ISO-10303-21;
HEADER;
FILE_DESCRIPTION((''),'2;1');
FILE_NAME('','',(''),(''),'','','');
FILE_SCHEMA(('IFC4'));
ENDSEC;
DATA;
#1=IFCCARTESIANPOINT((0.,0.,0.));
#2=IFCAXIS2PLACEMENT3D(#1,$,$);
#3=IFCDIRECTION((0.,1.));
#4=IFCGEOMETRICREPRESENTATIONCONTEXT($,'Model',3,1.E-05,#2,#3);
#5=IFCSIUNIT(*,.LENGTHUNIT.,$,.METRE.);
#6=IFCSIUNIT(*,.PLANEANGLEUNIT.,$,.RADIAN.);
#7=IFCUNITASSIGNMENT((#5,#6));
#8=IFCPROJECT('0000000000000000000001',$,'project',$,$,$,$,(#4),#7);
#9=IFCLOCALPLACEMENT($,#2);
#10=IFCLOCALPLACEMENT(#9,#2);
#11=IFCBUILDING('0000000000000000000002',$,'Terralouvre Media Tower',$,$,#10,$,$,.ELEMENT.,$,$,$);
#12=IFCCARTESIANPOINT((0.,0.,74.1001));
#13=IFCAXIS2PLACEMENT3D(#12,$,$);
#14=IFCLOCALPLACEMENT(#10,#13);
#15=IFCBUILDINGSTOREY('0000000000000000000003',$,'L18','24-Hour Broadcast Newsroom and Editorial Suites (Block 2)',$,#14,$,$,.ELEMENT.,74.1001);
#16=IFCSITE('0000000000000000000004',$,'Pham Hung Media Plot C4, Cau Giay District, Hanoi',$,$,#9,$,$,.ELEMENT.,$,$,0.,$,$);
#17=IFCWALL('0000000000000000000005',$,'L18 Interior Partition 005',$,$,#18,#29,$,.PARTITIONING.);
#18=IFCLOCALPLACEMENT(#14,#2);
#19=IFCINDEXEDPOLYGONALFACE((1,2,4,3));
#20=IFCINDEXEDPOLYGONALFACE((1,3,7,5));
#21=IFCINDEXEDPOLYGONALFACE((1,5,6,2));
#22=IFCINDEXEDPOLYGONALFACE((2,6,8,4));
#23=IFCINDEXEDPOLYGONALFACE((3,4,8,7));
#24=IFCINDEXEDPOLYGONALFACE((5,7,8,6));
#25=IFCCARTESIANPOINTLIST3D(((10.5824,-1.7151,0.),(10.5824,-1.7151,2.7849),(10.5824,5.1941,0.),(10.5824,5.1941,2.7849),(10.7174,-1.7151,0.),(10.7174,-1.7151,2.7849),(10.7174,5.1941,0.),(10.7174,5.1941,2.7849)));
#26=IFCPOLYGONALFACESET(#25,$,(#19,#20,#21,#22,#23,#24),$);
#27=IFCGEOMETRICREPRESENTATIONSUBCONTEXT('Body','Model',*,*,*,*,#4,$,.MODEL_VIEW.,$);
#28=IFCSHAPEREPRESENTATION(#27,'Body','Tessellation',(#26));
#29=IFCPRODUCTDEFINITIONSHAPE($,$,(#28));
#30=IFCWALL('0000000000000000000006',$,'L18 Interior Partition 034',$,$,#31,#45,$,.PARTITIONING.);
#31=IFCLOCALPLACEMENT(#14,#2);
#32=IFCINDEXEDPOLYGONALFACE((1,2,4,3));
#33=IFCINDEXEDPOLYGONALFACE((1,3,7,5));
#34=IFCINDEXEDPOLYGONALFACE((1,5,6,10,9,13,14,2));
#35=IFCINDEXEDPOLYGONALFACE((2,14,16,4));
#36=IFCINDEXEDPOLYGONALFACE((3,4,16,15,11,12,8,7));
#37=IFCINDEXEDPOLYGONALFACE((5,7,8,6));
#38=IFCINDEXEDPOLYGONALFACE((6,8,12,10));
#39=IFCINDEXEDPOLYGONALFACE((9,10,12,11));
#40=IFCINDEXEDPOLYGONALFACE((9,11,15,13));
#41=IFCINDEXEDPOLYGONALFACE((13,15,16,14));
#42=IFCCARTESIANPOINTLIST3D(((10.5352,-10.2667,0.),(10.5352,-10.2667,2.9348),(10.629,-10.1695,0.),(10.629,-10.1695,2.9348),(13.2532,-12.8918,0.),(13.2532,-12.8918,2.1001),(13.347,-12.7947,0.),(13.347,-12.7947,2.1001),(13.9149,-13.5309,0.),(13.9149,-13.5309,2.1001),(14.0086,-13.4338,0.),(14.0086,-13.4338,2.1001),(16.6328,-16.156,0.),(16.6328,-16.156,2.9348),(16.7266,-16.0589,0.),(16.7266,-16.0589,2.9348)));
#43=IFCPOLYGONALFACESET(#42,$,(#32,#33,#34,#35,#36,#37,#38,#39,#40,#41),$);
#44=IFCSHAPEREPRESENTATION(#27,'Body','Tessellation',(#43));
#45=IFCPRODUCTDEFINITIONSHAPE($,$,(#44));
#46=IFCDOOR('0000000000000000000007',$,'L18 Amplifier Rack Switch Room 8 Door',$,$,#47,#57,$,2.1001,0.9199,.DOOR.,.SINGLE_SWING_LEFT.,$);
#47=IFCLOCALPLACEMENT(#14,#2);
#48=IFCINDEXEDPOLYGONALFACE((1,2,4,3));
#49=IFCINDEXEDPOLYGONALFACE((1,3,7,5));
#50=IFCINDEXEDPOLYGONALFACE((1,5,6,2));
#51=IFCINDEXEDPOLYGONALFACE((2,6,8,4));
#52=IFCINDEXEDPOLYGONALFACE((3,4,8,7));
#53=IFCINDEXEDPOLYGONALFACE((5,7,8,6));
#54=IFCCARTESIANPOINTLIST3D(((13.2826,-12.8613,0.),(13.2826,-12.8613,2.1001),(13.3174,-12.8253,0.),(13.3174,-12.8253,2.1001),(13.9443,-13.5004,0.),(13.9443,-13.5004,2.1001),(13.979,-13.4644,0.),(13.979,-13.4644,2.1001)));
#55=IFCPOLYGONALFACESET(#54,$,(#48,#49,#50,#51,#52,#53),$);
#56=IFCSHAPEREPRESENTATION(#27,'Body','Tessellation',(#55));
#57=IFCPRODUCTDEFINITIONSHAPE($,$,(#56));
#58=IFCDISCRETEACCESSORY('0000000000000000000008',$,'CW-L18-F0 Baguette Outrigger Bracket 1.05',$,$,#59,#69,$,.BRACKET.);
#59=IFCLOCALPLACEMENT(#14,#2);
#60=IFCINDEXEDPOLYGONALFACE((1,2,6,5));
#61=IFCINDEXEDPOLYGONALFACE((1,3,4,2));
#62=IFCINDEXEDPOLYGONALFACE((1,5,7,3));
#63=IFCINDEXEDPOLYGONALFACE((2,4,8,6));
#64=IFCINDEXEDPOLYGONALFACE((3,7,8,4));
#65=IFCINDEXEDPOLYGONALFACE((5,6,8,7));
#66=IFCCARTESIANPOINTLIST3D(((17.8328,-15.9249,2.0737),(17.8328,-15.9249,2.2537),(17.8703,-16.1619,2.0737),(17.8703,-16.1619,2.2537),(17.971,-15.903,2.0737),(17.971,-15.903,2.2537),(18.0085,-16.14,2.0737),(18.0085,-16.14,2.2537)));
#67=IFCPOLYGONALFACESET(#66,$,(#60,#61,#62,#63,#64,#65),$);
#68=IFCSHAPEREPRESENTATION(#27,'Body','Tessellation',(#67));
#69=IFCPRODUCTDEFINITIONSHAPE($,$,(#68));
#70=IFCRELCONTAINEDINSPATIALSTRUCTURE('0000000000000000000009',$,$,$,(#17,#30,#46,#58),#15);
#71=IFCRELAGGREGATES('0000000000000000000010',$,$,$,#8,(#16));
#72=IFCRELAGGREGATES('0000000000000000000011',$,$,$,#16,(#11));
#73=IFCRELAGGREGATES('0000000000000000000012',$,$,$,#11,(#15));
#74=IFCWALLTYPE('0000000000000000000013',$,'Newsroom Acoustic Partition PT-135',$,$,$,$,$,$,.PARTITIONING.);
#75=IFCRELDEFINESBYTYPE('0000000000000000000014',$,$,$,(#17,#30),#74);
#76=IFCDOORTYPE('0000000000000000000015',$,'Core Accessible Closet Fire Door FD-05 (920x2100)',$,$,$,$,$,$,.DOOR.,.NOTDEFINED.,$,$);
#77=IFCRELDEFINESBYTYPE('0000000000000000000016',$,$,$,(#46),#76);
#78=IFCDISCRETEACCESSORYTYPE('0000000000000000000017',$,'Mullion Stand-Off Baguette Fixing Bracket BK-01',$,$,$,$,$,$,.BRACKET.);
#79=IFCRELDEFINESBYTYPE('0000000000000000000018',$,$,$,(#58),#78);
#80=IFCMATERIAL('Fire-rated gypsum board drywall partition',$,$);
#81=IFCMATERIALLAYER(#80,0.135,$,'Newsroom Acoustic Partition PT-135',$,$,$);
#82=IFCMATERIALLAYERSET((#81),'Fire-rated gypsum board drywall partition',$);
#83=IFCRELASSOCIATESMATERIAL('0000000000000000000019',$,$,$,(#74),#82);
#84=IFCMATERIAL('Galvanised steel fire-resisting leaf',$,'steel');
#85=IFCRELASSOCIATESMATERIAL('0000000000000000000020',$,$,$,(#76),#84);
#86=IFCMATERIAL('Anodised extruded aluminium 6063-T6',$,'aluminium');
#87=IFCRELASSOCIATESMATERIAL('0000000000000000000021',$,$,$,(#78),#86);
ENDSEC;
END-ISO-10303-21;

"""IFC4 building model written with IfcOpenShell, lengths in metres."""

from ifc_helpers import new_model, si_unit, direction, frame, frame_2d, origin, origin_2d, place, context, subcontext, project, spatial, rectangle, extrude, material, layer, layer_set, type_object, element, fill, save


model = new_model("IFC4")

# Units and contexts
model_context = context("Model", 3, precision=1e-05, world=origin(), true_north=direction((0.0, 1.0)))
body_context = subcontext(model_context, "Body", "Model", "MODEL_VIEW")
ifc_project = project(units=[si_unit("LENGTHUNIT", "METRE"), si_unit("PLANEANGLEUNIT", "RADIAN")], contexts=[model_context])

# Site, building, storey
site_placement = place(None, origin())
site = spatial("IfcSite", under=ifc_project, at=site_placement, Name="Pham Hung Media Plot C4, Cau Giay District, Hanoi", CompositionType="ELEMENT", RefElevation=0.0)
building_placement = place(site_placement, origin())
building = spatial("IfcBuilding", under=site, at=building_placement, Name="Terralouvre Media Tower", CompositionType="ELEMENT")
storey_placement = place(building_placement, frame((0.0, 0.0, 74.1001)))
storey = spatial("IfcBuildingStorey", under=building, at=storey_placement, Name="L18", Description="24-Hour Broadcast Newsroom and Editorial Suites (Block 2)", CompositionType="ELEMENT", Elevation=74.1001)

# Shared definitions
ifc_material_1 = material(Name="Fire-rated gypsum board drywall partition")
ifc_layer_1 = layer(ifc_material_1, 0.135, Name="Newsroom Acoustic Partition PT-135")
ifc_layer_set_1 = layer_set([ifc_layer_1], Name="Fire-rated gypsum board drywall partition")
wall_type_1 = type_object("IfcWallType", Name="Newsroom Acoustic Partition PT-135", PredefinedType="PARTITIONING", material=ifc_layer_set_1)

# Wall
wall_1_placement = place(storey_placement, frame((10.6499, -1.7151, 0.0), z_axis=(0.0, 0.0, 1.0), x_axis=(0.0, 1.0, 0.0)))
element("IfcWall", 1, at=wall_1_placement, inside=storey, type_object=wall_type_1, Name="L18 Interior Partition 005", PredefinedType="PARTITIONING", context=body_context, shape_type="SweptSolid", body=[
    extrude(rectangle(XDim=6.9092, YDim=0.135, at=frame_2d((3.4546, 0.0))), origin(), (0.0, 0.0, 1.0), 2.7849),
])

# Wall, opening, door
wall_2_placement = place(storey_placement, frame((10.582, -10.218, 0.0), z_axis=(0.0, 0.0, 1.0), x_axis=(0.719283, -0.694717, 0.0)))
wall_2 = element("IfcWall", 2, at=wall_2_placement, inside=storey, type_object=wall_type_1, Name="L18 Interior Partition 034", PredefinedType="PARTITIONING", context=body_context, shape_type="SweptSolid", body=[
    extrude(rectangle(XDim=8.4773, YDim=0.135, at=frame_2d((4.2388, 0.0))), origin(), (0.0, 0.0, 1.0), 2.9348),
])
opening_1_placement = place(wall_2_placement, frame((3.7788, 0.0, 0.0)))
opening_1 = element("IfcOpeningElement", 3, at=opening_1_placement, cuts=wall_2, PredefinedType="OPENING", context=body_context, shape_type="SweptSolid", body=[
    extrude(rectangle(XDim=0.9199, YDim=2.1001, at=frame_2d((0.46, 1.05))), frame((0.0, 0.0774, 0.0), z_axis=(0.0, -1.0, 0.0), x_axis=(1.0, 0.0, 0.0)), (0.0, 0.0, 1.0), 0.155),
])
ifc_material_2 = material(Name="Galvanised steel fire-resisting leaf", Category="steel")
door_type_1 = type_object("IfcDoorType", Name="Core Accessible Closet Fire Door FD-05 (920x2100)", OperationType="NOTDEFINED", PredefinedType="DOOR", material=ifc_material_2)
door_1_placement = place(opening_1_placement, origin())
door_1 = element("IfcDoor", 4, at=door_1_placement, inside=storey, type_object=door_type_1, Name="L18 Amplifier Rack Switch Room 8 Door", OperationType="SINGLE_SWING_LEFT", OverallHeight=2.1001, OverallWidth=0.9199, PredefinedType="DOOR", context=body_context, shape_type="SweptSolid", body=[
    extrude(rectangle(XDim=0.9199, YDim=2.1001, at=frame_2d((0.46, 1.05))), frame((0.0, 0.0249, 0.0), z_axis=(0.0, -1.0, 0.0), x_axis=(1.0, 0.0, 0.0)), (0.0, 0.0, 1.0), 0.05),
])
fill(opening_1, door_1)

# Discrete accessory
ifc_material_3 = material(Name="Anodised extruded aluminium 6063-T6", Category="aluminium")
discrete_accessory_type = type_object("IfcDiscreteAccessoryType", Name="Mullion Stand-Off Baguette Fixing Bracket BK-01", PredefinedType="BRACKET", material=ifc_material_3)
discrete_accessory_placement = place(storey_placement, frame((17.9207, -16.0325, 2.0737), z_axis=(0.0, 0.0, 1.0), x_axis=(0.987688, 0.156434, 0.0)))
element("IfcDiscreteAccessory", 5, at=discrete_accessory_placement, inside=storey, type_object=discrete_accessory_type, Name="CW-L18-F0 Baguette Outrigger Bracket 1.05", PredefinedType="BRACKET", context=body_context, shape_type="SweptSolid", body=[
    extrude(rectangle(XDim=0.1399, YDim=0.24, at=origin_2d()), origin(), (0.0, 0.0, 1.0), 0.1799),
])

save(model, "model.ifc")
